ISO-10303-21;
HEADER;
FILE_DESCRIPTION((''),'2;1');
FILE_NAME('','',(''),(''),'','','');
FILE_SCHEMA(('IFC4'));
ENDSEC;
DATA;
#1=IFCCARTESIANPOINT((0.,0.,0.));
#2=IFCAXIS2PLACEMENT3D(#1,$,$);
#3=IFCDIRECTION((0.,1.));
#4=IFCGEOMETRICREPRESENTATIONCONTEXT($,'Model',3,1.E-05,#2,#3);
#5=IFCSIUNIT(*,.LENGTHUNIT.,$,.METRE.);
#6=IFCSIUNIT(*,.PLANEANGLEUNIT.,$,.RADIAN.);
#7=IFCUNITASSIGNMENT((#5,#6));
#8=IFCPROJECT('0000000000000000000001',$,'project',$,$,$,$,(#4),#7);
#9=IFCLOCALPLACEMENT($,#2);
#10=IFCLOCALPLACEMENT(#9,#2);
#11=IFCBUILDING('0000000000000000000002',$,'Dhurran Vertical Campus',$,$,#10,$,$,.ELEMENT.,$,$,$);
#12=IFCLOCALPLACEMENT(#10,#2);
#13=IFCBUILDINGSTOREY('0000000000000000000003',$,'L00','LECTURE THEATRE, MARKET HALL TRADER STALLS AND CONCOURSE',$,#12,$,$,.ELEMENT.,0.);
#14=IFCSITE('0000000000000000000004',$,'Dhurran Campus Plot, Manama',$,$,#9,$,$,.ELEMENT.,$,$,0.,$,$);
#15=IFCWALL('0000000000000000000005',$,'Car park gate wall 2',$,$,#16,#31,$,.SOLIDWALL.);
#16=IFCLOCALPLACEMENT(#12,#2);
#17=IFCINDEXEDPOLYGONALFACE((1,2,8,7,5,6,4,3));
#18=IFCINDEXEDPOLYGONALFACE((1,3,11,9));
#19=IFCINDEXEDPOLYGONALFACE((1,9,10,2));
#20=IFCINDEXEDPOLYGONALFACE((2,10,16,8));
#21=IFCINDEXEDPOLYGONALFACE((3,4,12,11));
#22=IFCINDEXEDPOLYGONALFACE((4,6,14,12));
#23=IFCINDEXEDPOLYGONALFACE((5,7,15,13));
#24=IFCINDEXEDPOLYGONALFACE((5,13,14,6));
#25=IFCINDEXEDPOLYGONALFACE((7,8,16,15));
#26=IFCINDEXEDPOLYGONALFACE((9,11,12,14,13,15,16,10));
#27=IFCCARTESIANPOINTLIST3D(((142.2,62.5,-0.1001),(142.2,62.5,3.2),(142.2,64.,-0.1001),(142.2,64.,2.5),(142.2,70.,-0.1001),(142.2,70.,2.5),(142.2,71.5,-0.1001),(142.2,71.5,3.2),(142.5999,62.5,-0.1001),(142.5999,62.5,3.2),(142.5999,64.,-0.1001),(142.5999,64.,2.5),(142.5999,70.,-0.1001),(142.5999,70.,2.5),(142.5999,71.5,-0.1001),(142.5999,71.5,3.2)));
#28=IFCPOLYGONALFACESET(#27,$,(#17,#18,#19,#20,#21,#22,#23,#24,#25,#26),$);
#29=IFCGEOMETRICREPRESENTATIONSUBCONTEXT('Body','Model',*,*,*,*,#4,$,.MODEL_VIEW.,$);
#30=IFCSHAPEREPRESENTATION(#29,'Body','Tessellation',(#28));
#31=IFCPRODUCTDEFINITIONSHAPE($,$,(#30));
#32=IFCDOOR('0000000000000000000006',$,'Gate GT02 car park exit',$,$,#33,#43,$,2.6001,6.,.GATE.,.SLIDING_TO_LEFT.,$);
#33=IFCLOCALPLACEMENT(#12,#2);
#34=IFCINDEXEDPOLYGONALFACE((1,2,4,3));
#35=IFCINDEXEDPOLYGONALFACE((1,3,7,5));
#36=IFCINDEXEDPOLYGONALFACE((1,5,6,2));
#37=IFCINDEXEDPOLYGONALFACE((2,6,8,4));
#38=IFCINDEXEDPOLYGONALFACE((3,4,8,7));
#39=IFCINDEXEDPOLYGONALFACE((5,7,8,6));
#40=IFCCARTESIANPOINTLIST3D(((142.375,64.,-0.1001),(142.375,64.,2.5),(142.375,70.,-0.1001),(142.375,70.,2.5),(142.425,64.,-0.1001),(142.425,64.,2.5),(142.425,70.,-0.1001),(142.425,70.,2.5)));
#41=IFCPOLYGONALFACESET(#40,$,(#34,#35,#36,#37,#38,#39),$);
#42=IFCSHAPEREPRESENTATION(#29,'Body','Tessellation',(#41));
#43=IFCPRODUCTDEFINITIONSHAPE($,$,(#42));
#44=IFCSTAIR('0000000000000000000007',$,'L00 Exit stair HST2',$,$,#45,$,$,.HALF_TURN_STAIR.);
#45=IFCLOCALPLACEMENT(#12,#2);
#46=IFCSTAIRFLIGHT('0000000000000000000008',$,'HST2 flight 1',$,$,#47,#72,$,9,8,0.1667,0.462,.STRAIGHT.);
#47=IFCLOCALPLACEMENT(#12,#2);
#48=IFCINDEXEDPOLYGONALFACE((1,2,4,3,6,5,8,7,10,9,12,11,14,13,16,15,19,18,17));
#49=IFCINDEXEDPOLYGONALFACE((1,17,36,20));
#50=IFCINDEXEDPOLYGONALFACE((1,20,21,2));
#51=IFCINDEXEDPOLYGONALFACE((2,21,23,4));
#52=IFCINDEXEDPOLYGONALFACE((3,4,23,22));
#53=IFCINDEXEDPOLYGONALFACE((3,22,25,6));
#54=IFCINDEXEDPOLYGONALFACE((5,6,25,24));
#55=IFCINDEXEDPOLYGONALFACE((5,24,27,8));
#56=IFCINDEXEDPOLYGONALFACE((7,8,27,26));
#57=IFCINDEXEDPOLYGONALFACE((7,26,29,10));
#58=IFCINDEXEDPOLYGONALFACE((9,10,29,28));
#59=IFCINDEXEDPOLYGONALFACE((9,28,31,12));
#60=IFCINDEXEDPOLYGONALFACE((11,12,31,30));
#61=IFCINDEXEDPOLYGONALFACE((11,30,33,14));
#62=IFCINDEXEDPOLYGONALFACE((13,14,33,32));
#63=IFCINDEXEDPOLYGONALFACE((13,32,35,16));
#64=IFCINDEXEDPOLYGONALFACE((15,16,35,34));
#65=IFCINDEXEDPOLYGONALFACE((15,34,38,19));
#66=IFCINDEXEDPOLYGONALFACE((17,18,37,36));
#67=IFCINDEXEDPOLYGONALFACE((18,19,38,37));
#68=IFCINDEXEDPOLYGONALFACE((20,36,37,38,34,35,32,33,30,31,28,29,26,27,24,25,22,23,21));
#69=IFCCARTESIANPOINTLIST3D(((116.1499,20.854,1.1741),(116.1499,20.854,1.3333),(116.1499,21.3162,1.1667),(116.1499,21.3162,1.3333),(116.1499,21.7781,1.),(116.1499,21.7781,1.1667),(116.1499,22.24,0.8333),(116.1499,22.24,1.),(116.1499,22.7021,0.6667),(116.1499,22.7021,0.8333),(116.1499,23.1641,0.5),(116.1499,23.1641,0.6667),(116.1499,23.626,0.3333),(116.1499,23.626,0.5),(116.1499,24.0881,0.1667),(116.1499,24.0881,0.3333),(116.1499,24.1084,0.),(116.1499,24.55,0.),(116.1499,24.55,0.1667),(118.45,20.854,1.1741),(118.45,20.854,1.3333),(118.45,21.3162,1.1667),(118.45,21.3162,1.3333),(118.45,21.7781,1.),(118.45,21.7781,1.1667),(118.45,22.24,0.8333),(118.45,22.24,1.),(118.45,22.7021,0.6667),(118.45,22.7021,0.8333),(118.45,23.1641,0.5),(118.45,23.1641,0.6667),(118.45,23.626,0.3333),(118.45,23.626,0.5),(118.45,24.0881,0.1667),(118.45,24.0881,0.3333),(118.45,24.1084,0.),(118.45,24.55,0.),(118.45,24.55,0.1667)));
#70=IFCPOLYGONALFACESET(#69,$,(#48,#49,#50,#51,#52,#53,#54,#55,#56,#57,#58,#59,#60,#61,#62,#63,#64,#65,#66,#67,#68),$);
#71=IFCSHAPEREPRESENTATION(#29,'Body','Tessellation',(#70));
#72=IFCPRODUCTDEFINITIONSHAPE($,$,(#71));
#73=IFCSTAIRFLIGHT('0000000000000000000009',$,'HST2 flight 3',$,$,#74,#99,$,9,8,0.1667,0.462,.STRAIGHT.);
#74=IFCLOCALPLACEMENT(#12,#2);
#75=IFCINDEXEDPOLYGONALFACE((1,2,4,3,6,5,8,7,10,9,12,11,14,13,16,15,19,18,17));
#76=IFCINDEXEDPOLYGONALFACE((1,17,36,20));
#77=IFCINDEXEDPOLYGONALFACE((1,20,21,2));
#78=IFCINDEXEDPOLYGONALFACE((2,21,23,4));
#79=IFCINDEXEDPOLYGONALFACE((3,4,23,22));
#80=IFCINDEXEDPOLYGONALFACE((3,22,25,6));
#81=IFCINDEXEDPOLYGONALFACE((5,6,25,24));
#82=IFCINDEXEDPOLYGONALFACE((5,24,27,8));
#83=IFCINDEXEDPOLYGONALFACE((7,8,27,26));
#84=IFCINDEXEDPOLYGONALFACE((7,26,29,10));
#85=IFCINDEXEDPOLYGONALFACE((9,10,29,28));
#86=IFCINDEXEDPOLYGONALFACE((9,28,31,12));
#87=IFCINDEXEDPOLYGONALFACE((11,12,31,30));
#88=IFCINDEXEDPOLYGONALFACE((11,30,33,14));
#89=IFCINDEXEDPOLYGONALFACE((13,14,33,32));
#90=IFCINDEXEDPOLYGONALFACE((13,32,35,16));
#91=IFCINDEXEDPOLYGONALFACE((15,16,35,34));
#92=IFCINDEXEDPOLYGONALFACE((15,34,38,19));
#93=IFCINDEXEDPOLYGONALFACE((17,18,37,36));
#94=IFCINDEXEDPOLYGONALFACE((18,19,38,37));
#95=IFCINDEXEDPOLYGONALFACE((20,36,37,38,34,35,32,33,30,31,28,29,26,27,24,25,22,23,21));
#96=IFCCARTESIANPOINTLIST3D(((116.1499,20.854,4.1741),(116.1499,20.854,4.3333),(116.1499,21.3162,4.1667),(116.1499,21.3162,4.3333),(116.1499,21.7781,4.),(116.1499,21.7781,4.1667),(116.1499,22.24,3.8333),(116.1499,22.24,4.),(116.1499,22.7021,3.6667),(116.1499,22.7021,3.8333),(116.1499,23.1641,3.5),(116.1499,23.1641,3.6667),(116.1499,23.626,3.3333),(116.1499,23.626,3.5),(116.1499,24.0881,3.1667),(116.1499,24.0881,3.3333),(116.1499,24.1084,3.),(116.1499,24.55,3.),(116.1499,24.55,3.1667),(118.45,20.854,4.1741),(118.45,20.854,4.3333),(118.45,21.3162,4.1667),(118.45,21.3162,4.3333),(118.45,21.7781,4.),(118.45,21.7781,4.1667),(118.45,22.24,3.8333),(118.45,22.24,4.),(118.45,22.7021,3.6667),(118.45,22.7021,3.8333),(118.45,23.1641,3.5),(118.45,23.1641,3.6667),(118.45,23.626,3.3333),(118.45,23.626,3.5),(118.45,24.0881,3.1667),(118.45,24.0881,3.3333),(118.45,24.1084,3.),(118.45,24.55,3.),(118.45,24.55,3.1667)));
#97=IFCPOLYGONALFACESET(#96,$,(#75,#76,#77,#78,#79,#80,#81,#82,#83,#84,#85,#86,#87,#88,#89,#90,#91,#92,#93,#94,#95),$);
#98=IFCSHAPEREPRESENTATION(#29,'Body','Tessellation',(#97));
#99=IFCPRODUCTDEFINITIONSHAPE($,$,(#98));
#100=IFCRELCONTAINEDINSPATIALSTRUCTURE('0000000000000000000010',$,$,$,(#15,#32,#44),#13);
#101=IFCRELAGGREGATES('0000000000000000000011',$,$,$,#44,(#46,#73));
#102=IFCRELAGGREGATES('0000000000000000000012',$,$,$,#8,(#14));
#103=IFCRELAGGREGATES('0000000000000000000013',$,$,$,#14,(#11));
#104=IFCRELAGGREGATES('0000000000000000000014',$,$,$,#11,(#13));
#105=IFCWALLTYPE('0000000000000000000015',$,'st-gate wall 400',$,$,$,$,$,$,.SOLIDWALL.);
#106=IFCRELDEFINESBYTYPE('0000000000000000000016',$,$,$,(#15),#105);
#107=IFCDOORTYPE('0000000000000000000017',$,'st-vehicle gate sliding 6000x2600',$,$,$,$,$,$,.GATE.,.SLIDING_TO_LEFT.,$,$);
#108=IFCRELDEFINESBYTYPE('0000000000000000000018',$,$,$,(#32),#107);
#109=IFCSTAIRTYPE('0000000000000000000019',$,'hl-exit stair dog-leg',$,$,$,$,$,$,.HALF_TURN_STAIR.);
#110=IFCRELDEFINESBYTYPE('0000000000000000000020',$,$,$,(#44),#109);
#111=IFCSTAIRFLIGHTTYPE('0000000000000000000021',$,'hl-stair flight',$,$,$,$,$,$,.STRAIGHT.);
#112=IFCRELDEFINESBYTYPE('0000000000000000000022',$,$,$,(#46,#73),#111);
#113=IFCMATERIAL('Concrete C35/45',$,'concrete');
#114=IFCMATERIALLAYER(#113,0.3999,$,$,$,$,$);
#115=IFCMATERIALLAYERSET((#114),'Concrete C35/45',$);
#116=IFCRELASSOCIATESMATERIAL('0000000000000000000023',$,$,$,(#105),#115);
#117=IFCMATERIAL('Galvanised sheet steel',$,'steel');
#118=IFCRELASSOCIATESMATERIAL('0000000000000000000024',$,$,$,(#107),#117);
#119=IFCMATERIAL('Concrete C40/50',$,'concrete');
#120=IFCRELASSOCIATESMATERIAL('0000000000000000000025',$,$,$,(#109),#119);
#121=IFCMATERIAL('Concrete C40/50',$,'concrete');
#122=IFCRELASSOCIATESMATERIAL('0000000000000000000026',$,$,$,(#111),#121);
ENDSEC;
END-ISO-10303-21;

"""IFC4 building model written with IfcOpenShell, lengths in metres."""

from ifc_helpers import new_model, si_unit, direction, frame, frame_2d, origin, place, context, subcontext, project, spatial, polyline, rectangle, outline, extrude, material, layer, layer_set, type_object, element, fill, aggregate, save


model = new_model("IFC4")

# Units and contexts
model_context = context("Model", 3, precision=1e-05, world=origin(), true_north=direction((0.0, 1.0)))
body_context = subcontext(model_context, "Body", "Model", "MODEL_VIEW")
ifc_project = project(units=[si_unit("LENGTHUNIT", "METRE"), si_unit("PLANEANGLEUNIT", "RADIAN")], contexts=[model_context])

# Site, building, storey
site_placement = place(None, origin())
site = spatial("IfcSite", under=ifc_project, at=site_placement, Name="Dhurran Campus Plot, Manama", CompositionType="ELEMENT", RefElevation=0.0)
building_placement = place(site_placement, origin())
building = spatial("IfcBuilding", under=site, at=building_placement, Name="Dhurran Vertical Campus", CompositionType="ELEMENT")
storey_placement = place(building_placement, origin())
storey = spatial("IfcBuildingStorey", under=building, at=storey_placement, Name="L00", Description="LECTURE THEATRE, MARKET HALL TRADER STALLS AND CONCOURSE", CompositionType="ELEMENT", Elevation=0.0)

# Wall, opening, door
ifc_material_1 = material(Name="Concrete C35/45", Category="concrete")
ifc_layer_1 = layer(ifc_material_1, 0.3999)
ifc_layer_set_1 = layer_set([ifc_layer_1], Name="Concrete C35/45")
wall_type_1 = type_object("IfcWallType", Name="st-gate wall 400", PredefinedType="SOLIDWALL", material=ifc_layer_set_1)
wall_1_placement = place(storey_placement, frame((142.3999, 62.5, -0.1001), z_axis=(0.0, 0.0, 1.0), x_axis=(0.0, 1.0, 0.0)))
wall_1 = element("IfcWall", 1, at=wall_1_placement, inside=storey, type_object=wall_type_1, Name="Car park gate wall 2", PredefinedType="SOLIDWALL", context=body_context, shape_type="SweptSolid", body=[
    extrude(rectangle(XDim=9.0, YDim=0.3999, at=frame_2d((4.5, 0.0))), origin(), (0.0, 0.0, 1.0), 3.3),
])
opening_1_placement = place(wall_1_placement, frame((1.5, 0.0, 0.0)))
opening_1 = element("IfcOpeningElement", 2, at=opening_1_placement, cuts=wall_1, PredefinedType="OPENING", context=body_context, shape_type="SweptSolid", body=[
    extrude(rectangle(XDim=6.0, YDim=2.6001, at=frame_2d((3.0, 1.3))), frame((0.0, 0.21, 0.0), z_axis=(0.0, -1.0, 0.0), x_axis=(1.0, 0.0, 0.0)), (0.0, 0.0, 1.0), 0.4199),
])
ifc_material_2 = material(Name="Galvanised sheet steel", Category="steel")
door_type_1 = type_object("IfcDoorType", Name="st-vehicle gate sliding 6000x2600", OperationType="SLIDING_TO_LEFT", PredefinedType="GATE", material=ifc_material_2)
door_1_placement = place(opening_1_placement, origin())
door_1 = element("IfcDoor", 3, at=door_1_placement, inside=storey, type_object=door_type_1, Name="Gate GT02 car park exit", OperationType="SLIDING_TO_LEFT", OverallHeight=2.6001, OverallWidth=6.0, PredefinedType="GATE", context=body_context, shape_type="SweptSolid", body=[
    extrude(rectangle(XDim=6.0, YDim=2.6001, at=frame_2d((3.0, 1.3))), frame((0.0, 0.0249, 0.0), z_axis=(0.0, -1.0, 0.0), x_axis=(1.0, 0.0, 0.0)), (0.0, 0.0, 1.0), 0.05),
])
fill(opening_1, door_1)

# Stair, stair flights
ifc_material_3 = material(Name="Concrete C40/50", Category="concrete")
stair_type = type_object("IfcStairType", Name="hl-exit stair dog-leg", PredefinedType="HALF_TURN_STAIR", material=ifc_material_3)
stair_placement = place(storey_placement, origin())
stair = element("IfcStair", 4, at=stair_placement, inside=storey, type_object=stair_type, Name="L00 Exit stair HST2", PredefinedType="HALF_TURN_STAIR")
ifc_material_4 = material(Name="Concrete C40/50", Category="concrete")
stair_flight_type = type_object("IfcStairFlightType", Name="hl-stair flight", PredefinedType="STRAIGHT", material=ifc_material_4)
stair_flight_1_placement = place(storey_placement, frame((117.3, 24.55, 0.0), z_axis=(0.0, 0.0, 1.0), x_axis=(0.0, -1.0, 0.0)))
stair_flight_1 = element("IfcStairFlight", 5, at=stair_flight_1_placement, type_object=stair_flight_type, Name="HST2 flight 1", NumberOfRisers=9, NumberOfTreads=8, PredefinedType="STRAIGHT", RiserHeight=0.1667, TreadLength=0.462, context=body_context, shape_type="SweptSolid", body=[
    extrude(outline(polyline([(0.0, 0.0), (0.0, 0.1667), (0.4619, 0.1667), (0.4619, 0.3333), (0.9241, 0.3333), (0.9241, 0.5), (1.386, 0.5), (1.386, 0.6667), (1.8479, 0.6667), (1.8479, 0.8333), (2.3101, 0.8333), (2.3101, 1.0), (2.772, 1.0), (2.772, 1.1667), (3.2339, 1.1667), (3.2339, 1.3333), (3.696, 1.3333), (3.696, 1.5), (3.696, 1.1741), (0.4417, 0.0), (0.0, 0.0)])), frame((0.0, 1.1499, 0.0), z_axis=(0.0, -1.0, 0.0), x_axis=(1.0, 0.0, 0.0)), (0.0, 0.0, 1.0), 2.3),
])
stair_flight_2_placement = place(storey_placement, frame((117.3, 24.55, 3.0), z_axis=(0.0, 0.0, 1.0), x_axis=(0.0, -1.0, 0.0)))
stair_flight_2 = element("IfcStairFlight", 6, at=stair_flight_2_placement, type_object=stair_flight_type, Name="HST2 flight 3", NumberOfRisers=9, NumberOfTreads=8, PredefinedType="STRAIGHT", RiserHeight=0.1667, TreadLength=0.462, context=body_context, shape_type="SweptSolid", body=[
    extrude(outline(polyline([(0.0, 0.0), (0.0, 0.1667), (0.4619, 0.1667), (0.4619, 0.3333), (0.9241, 0.3333), (0.9241, 0.5), (1.386, 0.5), (1.386, 0.6667), (1.8479, 0.6667), (1.8479, 0.8333), (2.3101, 0.8333), (2.3101, 1.0), (2.772, 1.0), (2.772, 1.1667), (3.2339, 1.1667), (3.2339, 1.3333), (3.696, 1.3333), (3.696, 1.5), (3.696, 1.1741), (0.4417, 0.0), (0.0, 0.0)])), frame((0.0, 1.1499, 0.0), z_axis=(0.0, -1.0, 0.0), x_axis=(1.0, 0.0, 0.0)), (0.0, 0.0, 1.0), 2.3),
])
aggregate(stair, [stair_flight_1, stair_flight_2])

save(model, "model.ifc")
